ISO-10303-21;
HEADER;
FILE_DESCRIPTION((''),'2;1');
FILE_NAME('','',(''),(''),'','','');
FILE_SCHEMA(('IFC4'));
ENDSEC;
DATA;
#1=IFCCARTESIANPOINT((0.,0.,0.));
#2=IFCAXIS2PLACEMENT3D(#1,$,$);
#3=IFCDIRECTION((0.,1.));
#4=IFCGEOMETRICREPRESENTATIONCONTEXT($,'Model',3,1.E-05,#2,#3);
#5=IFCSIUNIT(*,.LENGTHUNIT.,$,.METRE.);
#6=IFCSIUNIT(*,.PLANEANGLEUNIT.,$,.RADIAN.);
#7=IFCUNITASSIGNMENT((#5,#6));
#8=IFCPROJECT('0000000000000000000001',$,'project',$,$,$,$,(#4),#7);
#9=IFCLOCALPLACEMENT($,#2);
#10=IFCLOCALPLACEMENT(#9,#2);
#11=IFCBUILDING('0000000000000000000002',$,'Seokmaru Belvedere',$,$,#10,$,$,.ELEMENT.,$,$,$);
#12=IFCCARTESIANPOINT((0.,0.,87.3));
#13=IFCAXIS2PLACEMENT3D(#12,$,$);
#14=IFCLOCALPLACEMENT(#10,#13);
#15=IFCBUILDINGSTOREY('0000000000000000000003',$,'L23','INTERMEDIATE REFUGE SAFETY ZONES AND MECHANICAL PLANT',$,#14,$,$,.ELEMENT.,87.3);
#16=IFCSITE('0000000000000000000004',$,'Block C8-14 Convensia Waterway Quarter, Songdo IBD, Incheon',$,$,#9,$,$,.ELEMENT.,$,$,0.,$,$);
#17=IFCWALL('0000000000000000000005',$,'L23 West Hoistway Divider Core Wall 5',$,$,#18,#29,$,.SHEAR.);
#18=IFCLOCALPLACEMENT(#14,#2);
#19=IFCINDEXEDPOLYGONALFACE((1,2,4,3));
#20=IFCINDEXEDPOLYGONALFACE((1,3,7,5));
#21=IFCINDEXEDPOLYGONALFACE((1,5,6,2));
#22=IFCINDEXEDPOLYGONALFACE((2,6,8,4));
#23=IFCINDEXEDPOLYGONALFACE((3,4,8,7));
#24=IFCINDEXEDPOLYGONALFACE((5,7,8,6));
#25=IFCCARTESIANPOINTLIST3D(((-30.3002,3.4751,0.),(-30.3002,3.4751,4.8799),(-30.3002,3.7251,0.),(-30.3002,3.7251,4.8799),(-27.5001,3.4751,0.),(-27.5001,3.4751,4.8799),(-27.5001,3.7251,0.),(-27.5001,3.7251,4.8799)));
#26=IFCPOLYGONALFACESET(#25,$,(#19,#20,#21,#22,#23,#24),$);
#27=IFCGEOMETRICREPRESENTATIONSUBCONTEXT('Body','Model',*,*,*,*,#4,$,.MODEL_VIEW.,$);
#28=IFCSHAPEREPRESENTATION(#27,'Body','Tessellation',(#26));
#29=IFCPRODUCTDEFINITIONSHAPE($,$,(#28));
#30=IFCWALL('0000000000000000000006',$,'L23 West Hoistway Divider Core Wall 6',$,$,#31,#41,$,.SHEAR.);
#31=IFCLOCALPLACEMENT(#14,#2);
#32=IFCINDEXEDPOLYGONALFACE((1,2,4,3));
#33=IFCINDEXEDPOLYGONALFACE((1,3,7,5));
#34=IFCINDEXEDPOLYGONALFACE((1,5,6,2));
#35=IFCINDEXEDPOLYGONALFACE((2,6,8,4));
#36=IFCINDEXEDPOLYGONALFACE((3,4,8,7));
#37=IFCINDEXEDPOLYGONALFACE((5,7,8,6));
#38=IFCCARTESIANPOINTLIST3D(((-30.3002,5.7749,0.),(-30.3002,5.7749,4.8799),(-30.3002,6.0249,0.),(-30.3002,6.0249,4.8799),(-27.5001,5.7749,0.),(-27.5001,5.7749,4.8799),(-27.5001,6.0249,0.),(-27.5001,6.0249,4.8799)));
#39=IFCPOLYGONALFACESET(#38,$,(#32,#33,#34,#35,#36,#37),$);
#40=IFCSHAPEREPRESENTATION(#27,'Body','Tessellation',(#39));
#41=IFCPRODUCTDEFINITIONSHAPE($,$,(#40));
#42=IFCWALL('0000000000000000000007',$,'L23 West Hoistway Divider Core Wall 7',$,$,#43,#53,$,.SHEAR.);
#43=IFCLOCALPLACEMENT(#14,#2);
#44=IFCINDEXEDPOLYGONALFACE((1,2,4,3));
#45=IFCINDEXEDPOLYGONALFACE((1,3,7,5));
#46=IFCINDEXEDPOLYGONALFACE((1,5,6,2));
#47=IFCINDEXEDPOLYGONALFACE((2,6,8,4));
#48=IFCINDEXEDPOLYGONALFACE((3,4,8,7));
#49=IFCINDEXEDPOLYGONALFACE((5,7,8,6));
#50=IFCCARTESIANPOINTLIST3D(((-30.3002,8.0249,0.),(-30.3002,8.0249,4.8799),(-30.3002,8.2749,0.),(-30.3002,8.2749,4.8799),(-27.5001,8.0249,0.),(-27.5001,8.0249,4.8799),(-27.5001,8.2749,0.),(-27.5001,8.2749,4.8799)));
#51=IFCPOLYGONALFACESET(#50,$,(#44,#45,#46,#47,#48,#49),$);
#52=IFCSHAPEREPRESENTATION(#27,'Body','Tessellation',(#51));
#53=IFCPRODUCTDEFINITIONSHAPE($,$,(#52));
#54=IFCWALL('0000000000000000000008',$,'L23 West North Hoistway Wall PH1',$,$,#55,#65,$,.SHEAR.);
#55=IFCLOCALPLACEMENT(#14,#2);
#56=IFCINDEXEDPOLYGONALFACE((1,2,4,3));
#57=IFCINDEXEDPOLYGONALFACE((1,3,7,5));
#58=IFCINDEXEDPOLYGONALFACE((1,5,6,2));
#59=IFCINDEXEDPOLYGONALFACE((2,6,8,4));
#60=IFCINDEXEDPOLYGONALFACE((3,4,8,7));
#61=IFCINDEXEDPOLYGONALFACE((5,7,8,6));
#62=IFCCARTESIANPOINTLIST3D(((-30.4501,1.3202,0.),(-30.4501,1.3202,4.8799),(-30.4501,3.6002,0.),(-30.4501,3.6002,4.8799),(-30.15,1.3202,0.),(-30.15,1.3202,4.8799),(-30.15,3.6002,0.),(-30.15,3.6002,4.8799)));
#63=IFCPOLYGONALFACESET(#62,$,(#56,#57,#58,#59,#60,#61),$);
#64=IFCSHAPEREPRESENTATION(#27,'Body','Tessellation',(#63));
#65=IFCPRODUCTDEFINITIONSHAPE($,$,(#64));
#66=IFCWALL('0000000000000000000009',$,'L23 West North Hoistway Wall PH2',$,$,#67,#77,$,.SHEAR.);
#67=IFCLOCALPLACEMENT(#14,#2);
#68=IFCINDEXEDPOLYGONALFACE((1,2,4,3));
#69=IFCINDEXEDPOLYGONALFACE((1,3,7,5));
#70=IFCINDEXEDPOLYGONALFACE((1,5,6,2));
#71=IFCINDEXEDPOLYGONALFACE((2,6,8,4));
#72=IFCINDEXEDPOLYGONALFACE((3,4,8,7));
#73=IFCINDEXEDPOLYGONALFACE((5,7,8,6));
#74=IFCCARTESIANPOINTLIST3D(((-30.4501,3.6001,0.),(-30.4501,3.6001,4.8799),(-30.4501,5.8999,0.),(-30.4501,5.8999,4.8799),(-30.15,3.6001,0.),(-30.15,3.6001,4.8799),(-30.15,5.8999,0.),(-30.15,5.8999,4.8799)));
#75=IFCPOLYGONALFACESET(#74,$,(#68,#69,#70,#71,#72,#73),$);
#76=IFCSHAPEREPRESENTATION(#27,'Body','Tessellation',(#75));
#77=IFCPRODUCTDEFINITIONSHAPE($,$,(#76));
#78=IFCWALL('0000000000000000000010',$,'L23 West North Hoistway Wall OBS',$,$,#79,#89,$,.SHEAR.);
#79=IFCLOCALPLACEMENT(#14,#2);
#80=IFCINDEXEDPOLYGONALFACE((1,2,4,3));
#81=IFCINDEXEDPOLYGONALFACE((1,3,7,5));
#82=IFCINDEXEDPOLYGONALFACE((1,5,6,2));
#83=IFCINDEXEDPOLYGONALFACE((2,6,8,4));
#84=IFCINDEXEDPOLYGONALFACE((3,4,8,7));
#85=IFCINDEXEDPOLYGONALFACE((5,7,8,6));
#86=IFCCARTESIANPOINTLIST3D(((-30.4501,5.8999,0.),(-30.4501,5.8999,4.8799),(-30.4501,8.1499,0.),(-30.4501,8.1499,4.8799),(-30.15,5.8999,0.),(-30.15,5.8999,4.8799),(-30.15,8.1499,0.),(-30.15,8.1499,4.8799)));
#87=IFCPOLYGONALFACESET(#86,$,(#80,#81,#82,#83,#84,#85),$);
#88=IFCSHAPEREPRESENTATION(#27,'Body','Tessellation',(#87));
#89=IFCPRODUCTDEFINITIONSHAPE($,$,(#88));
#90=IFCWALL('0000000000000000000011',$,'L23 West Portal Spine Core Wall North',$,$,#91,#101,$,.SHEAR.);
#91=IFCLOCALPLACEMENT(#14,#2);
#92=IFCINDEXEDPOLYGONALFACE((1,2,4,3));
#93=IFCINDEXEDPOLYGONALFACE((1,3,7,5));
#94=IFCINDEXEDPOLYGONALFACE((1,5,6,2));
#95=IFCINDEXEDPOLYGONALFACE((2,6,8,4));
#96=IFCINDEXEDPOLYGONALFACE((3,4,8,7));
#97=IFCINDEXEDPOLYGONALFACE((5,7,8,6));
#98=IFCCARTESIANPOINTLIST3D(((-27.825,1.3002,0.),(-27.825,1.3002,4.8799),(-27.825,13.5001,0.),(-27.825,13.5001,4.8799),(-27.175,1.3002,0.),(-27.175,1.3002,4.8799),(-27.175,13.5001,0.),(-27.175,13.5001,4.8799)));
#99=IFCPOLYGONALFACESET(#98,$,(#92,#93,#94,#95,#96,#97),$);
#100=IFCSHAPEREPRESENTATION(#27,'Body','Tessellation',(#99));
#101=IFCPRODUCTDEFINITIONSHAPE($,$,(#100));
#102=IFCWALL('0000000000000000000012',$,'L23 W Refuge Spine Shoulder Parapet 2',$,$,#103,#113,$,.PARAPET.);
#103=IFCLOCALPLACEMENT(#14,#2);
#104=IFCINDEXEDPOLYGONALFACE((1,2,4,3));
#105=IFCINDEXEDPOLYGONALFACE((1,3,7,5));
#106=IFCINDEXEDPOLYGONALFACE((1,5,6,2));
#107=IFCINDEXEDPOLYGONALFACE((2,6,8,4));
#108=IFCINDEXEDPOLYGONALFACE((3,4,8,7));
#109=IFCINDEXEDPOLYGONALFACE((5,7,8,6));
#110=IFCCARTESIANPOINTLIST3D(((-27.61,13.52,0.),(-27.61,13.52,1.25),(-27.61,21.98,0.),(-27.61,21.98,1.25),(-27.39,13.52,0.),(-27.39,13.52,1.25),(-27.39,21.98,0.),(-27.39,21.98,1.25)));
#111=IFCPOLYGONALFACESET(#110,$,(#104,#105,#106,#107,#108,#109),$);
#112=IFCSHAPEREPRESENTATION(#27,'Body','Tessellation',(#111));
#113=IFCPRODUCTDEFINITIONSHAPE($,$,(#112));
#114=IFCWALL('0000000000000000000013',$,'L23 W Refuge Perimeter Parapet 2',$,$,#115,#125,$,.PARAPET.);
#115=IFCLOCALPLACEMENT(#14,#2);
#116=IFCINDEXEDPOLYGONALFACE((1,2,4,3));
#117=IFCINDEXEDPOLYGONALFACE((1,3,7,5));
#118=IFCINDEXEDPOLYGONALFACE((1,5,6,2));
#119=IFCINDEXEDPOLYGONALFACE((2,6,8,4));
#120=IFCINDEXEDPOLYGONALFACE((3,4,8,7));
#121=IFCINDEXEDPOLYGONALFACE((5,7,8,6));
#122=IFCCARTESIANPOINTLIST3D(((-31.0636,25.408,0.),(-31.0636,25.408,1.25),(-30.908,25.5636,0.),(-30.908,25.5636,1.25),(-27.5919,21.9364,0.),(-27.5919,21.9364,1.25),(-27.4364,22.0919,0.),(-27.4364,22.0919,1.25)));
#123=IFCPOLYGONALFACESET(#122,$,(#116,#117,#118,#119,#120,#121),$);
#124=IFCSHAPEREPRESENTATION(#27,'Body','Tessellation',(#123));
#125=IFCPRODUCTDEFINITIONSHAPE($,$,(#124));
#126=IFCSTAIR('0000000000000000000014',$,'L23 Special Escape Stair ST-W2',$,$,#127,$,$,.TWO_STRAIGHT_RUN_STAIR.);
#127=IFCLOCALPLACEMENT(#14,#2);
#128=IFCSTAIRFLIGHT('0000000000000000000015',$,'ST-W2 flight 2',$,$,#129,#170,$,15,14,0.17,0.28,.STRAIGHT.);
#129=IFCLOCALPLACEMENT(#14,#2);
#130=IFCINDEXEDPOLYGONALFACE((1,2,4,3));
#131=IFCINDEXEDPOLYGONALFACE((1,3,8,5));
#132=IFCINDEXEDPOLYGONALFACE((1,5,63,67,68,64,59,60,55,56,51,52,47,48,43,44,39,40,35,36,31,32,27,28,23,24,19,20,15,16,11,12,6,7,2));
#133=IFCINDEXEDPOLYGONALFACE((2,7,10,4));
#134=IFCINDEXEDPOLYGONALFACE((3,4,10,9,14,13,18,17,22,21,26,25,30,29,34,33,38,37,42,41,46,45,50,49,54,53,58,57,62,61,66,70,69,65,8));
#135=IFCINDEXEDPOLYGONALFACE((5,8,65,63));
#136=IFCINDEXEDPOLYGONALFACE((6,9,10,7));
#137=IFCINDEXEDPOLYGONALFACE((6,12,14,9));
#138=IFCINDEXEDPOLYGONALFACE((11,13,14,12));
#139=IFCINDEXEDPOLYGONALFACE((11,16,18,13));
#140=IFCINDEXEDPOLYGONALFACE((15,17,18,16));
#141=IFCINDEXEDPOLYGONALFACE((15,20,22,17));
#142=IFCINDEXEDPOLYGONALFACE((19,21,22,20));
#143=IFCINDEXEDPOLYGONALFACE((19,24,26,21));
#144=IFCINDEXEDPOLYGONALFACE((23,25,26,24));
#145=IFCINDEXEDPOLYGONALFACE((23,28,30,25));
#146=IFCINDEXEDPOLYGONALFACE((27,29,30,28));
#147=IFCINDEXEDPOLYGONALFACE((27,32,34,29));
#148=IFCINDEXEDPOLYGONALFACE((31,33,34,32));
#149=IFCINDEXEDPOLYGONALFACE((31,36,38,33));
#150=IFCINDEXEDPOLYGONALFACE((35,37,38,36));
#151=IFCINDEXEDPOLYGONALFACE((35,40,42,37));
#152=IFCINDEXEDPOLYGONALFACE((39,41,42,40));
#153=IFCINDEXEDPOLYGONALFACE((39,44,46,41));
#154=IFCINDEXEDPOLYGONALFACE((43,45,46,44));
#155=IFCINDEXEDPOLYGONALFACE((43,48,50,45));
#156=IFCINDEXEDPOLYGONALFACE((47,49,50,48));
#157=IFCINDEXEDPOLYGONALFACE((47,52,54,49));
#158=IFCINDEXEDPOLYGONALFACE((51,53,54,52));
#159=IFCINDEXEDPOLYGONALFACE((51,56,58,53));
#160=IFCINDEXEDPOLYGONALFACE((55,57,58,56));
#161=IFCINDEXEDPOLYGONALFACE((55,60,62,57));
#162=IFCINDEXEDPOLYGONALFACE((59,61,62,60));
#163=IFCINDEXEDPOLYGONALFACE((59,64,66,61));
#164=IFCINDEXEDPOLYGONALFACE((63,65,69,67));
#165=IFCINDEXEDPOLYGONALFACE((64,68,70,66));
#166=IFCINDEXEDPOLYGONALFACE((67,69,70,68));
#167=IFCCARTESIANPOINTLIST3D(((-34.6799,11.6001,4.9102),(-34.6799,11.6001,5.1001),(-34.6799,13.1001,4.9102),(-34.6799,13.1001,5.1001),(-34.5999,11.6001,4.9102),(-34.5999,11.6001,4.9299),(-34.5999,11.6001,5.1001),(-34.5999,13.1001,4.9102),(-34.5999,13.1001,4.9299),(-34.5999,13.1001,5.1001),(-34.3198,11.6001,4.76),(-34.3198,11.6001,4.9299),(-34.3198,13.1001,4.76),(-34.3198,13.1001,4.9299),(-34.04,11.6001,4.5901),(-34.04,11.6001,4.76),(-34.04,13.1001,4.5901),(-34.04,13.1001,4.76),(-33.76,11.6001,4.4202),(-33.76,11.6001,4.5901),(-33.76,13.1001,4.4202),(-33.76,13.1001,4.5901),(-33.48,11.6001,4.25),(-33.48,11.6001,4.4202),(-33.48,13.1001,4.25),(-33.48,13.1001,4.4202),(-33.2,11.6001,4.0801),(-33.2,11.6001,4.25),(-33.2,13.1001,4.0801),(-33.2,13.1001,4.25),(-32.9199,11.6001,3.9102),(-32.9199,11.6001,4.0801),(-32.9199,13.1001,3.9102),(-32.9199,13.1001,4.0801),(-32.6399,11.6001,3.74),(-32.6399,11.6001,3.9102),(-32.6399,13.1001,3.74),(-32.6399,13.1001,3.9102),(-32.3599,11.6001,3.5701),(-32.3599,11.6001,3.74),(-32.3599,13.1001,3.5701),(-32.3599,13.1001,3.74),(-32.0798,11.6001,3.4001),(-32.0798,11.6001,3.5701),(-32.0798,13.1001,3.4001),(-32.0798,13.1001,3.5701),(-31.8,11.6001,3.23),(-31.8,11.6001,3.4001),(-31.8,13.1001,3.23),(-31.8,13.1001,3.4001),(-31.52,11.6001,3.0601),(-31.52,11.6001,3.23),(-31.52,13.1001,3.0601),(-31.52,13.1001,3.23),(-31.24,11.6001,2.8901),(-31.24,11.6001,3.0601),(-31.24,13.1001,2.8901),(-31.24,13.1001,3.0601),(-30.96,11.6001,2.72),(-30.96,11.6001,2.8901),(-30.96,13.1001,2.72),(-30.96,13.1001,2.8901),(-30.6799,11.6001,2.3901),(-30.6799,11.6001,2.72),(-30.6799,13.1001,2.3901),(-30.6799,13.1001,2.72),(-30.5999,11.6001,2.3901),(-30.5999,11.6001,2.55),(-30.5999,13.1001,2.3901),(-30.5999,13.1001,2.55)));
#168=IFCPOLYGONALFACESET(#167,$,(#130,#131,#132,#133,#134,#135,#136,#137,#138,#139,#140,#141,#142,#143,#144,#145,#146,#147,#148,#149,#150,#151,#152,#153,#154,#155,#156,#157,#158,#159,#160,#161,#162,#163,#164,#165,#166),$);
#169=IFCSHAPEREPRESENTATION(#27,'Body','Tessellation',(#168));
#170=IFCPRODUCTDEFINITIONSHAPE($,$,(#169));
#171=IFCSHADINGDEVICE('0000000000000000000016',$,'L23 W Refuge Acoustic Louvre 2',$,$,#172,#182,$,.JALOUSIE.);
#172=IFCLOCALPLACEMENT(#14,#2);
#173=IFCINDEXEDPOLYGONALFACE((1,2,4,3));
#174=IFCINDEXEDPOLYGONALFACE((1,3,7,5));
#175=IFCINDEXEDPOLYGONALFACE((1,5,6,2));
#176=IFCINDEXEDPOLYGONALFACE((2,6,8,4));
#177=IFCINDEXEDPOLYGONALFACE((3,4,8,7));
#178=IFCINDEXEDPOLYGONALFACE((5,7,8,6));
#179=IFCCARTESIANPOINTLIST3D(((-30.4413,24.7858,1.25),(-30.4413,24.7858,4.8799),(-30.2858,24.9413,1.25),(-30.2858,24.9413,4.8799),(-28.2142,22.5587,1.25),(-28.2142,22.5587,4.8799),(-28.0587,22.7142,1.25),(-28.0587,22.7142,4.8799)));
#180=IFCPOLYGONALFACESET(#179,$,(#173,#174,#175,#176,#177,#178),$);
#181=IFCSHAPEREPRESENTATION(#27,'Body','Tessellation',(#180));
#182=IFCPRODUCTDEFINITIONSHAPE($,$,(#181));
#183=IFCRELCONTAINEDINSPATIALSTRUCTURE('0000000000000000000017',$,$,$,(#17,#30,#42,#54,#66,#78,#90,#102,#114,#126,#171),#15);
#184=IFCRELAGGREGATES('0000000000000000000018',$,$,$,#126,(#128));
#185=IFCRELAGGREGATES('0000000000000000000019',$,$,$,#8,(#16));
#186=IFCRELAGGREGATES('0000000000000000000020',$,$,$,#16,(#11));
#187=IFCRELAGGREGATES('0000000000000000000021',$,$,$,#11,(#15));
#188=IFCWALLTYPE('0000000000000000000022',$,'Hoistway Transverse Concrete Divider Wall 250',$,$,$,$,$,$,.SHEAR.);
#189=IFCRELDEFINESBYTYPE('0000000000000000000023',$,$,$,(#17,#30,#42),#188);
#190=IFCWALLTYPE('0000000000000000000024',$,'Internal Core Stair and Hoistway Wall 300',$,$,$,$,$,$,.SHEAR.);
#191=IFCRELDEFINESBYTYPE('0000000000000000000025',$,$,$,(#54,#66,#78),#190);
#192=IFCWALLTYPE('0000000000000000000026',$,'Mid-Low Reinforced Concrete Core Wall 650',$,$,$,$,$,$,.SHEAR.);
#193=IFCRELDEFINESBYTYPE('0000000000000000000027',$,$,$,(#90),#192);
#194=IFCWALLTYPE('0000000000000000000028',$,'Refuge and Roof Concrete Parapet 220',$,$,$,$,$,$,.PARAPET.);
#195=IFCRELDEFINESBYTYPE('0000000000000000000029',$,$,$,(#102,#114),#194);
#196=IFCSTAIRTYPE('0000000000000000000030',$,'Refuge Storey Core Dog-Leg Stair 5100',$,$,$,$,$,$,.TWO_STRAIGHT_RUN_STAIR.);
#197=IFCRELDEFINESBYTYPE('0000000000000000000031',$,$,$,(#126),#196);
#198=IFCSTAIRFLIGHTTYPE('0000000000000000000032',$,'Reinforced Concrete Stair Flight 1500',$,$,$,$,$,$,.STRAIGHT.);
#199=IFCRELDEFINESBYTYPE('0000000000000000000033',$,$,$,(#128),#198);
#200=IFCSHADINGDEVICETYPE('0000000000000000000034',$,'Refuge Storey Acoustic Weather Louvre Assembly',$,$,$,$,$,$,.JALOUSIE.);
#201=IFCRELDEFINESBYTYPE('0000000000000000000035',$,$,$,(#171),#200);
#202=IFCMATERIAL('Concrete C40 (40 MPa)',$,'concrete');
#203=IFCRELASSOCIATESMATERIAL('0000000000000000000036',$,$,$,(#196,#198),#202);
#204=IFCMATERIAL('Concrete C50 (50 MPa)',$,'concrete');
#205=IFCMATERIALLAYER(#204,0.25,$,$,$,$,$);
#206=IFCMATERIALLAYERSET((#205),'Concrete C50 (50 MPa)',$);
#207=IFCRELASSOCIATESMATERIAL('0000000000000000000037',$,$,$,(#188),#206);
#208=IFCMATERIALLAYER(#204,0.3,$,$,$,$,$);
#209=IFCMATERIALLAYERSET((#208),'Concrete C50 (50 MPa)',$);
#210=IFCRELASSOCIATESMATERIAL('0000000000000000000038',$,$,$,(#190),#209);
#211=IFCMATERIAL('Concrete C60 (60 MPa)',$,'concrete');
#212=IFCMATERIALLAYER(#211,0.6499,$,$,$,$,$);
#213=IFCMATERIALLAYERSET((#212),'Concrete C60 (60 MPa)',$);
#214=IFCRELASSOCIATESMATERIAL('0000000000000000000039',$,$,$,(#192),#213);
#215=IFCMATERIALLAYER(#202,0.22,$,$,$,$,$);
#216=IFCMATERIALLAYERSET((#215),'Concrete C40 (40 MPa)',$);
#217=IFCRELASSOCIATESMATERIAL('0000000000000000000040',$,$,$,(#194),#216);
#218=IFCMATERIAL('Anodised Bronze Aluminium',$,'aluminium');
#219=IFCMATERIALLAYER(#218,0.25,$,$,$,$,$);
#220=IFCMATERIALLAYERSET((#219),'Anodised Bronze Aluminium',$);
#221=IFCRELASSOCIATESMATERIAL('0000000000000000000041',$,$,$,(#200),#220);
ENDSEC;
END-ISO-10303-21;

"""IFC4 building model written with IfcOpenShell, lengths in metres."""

from ifc_helpers import new_model, si_unit, direction, frame, frame_2d, origin, origin_2d, place, context, subcontext, project, spatial, polyline, rectangle, outline, extrude, source, transform, mapped, material, layer, layer_set, type_object, type_shapes, element, aggregate, save


model = new_model("IFC4")

# Units and contexts
model_context = context("Model", 3, precision=1e-05, world=origin(), true_north=direction((0.0, 1.0)))
body_context = subcontext(model_context, "Body", "Model", "MODEL_VIEW")
ifc_project = project(units=[si_unit("LENGTHUNIT", "METRE"), si_unit("PLANEANGLEUNIT", "RADIAN")], contexts=[model_context])

# Site, building, storey
site_placement = place(None, origin())
site = spatial("IfcSite", under=ifc_project, at=site_placement, Name="Block C8-14 Convensia Waterway Quarter, Songdo IBD, Incheon", CompositionType="ELEMENT", RefElevation=0.0)
building_placement = place(site_placement, origin())
building = spatial("IfcBuilding", under=site, at=building_placement, Name="Seokmaru Belvedere", CompositionType="ELEMENT")
storey_placement = place(building_placement, frame((0.0, 0.0, 87.3)))
storey = spatial("IfcBuildingStorey", under=building, at=storey_placement, Name="L23", Description="INTERMEDIATE REFUGE SAFETY ZONES AND MECHANICAL PLANT", CompositionType="ELEMENT", Elevation=87.3)

# Shared definitions
ifc_material_1 = material(Name="Concrete C40 (40 MPa)", Category="concrete")
stair_type = type_object("IfcStairType", Name="Refuge Storey Core Dog-Leg Stair 5100", PredefinedType="TWO_STRAIGHT_RUN_STAIR", material=ifc_material_1)

# Walls
ifc_material_2 = material(Name="Concrete C50 (50 MPa)", Category="concrete")
ifc_layer_1 = layer(ifc_material_2, 0.25)
ifc_layer_set_1 = layer_set([ifc_layer_1], Name="Concrete C50 (50 MPa)")
wall_type_1 = type_object("IfcWallType", Name="Hoistway Transverse Concrete Divider Wall 250", PredefinedType="SHEAR", material=ifc_layer_set_1)
for number, where, z_axis, x_axis, name in (
    (1, (-30.3, 3.6001, 0.0), (0.0, 0.0, 1.0), (1.0, 0.0, 0.0), "L23 West Hoistway Divider Core Wall 5"),
    (2, (-30.3, 5.8999, 0.0), (0.0, 0.0, 1.0), (1.0, 0.0, 0.0), "L23 West Hoistway Divider Core Wall 6"),
    (3, (-30.3, 8.1499, 0.0), (0.0, 0.0, 1.0), (1.0, 0.0, 0.0), "L23 West Hoistway Divider Core Wall 7"),
):
    element("IfcWall", number, at=place(storey_placement, frame(where, z_axis=z_axis, x_axis=x_axis)), inside=storey, type_object=wall_type_1, Name=name, PredefinedType="SHEAR", context=body_context, shape_type="SweptSolid", body=[
        extrude(rectangle(XDim=2.8, YDim=0.25, at=frame_2d((1.3999, 0.0))), origin(), (0.0, 0.0, 1.0), 4.8799),
    ])
ifc_layer_2 = layer(ifc_material_2, 0.3)
ifc_layer_set_2 = layer_set([ifc_layer_2], Name="Concrete C50 (50 MPa)")
wall_type_2 = type_object("IfcWallType", Name="Internal Core Stair and Hoistway Wall 300", PredefinedType="SHEAR", material=ifc_layer_set_2)
wall_1_placement = place(storey_placement, frame((-30.3, 1.3201, 0.0), z_axis=(0.0, 0.0, 1.0), x_axis=(0.0, 1.0, 0.0)))
element("IfcWall", 4, at=wall_1_placement, inside=storey, type_object=wall_type_2, Name="L23 West North Hoistway Wall PH1", PredefinedType="SHEAR", context=body_context, shape_type="SweptSolid", body=[
    extrude(rectangle(XDim=2.28, YDim=0.3, at=frame_2d((1.1401, 0.0))), origin(), (0.0, 0.0, 1.0), 4.8799),
])
wall_2_placement = place(storey_placement, frame((-30.3, 3.6001, 0.0), z_axis=(0.0, 0.0, 1.0), x_axis=(0.0, 1.0, 0.0)))
element("IfcWall", 5, at=wall_2_placement, inside=storey, type_object=wall_type_2, Name="L23 West North Hoistway Wall PH2", PredefinedType="SHEAR", context=body_context, shape_type="SweptSolid", body=[
    extrude(rectangle(XDim=2.2998, YDim=0.3, at=frame_2d((1.1499, 0.0))), origin(), (0.0, 0.0, 1.0), 4.8799),
])
wall_3_placement = place(storey_placement, frame((-30.3, 5.8999, 0.0), z_axis=(0.0, 0.0, 1.0), x_axis=(0.0, 1.0, 0.0)))
element("IfcWall", 6, at=wall_3_placement, inside=storey, type_object=wall_type_2, Name="L23 West North Hoistway Wall OBS", PredefinedType="SHEAR", context=body_context, shape_type="SweptSolid", body=[
    extrude(rectangle(XDim=2.25, YDim=0.3, at=frame_2d((1.125, 0.0))), origin(), (0.0, 0.0, 1.0), 4.8799),
])

# Walls
ifc_material_3 = material(Name="Concrete C60 (60 MPa)", Category="concrete")
ifc_layer_3 = layer(ifc_material_3, 0.6499)
ifc_layer_set_3 = layer_set([ifc_layer_3], Name="Concrete C60 (60 MPa)")
wall_type_3 = type_object("IfcWallType", Name="Mid-Low Reinforced Concrete Core Wall 650", PredefinedType="SHEAR", material=ifc_layer_set_3)
wall_4_placement = place(storey_placement, frame((-27.5, 1.3, 0.0), z_axis=(0.0, 0.0, 1.0), x_axis=(0.0, 1.0, 0.0)))
element("IfcWall", 7, at=wall_4_placement, inside=storey, type_object=wall_type_3, Name="L23 West Portal Spine Core Wall North", PredefinedType="SHEAR", context=body_context, shape_type="SweptSolid", body=[
    extrude(rectangle(XDim=12.2, YDim=0.6499, at=frame_2d((6.1001, 0.0))), origin(), (0.0, 0.0, 1.0), 4.8799),
])
ifc_layer_4 = layer(ifc_material_1, 0.22)
ifc_layer_set_4 = layer_set([ifc_layer_4], Name="Concrete C40 (40 MPa)")
wall_type_4 = type_object("IfcWallType", Name="Refuge and Roof Concrete Parapet 220", PredefinedType="PARAPET", material=ifc_layer_set_4)
wall_5_placement = place(storey_placement, frame((-27.5, 13.52, 0.0), z_axis=(0.0, 0.0, 1.0), x_axis=(0.0, 1.0, 0.0)))
element("IfcWall", 8, at=wall_5_placement, inside=storey, type_object=wall_type_4, Name="L23 W Refuge Spine Shoulder Parapet 2", PredefinedType="PARAPET", context=body_context, shape_type="SweptSolid", body=[
    extrude(rectangle(XDim=8.46, YDim=0.22, at=frame_2d((4.23, 0.0))), origin(), (0.0, 0.0, 1.0), 1.25),
])
wall_6_placement = place(storey_placement, frame((-27.5142, 22.0142, 0.0), z_axis=(0.0, 0.0, 1.0), x_axis=(-0.707107, 0.707107, 0.0)))
element("IfcWall", 9, at=wall_6_placement, inside=storey, type_object=wall_type_4, Name="L23 W Refuge Perimeter Parapet 2", PredefinedType="PARAPET", context=body_context, shape_type="SweptSolid", body=[
    extrude(rectangle(XDim=4.9097, YDim=0.22, at=frame_2d((2.4548, 0.0))), origin(), (0.0, 0.0, 1.0), 1.25),
])

# Stair, stair flight
stair_1_placement = place(storey_placement, origin())
stair_1 = element("IfcStair", 10, at=stair_1_placement, inside=storey, type_object=stair_type, Name="L23 Special Escape Stair ST-W2", PredefinedType="TWO_STRAIGHT_RUN_STAIR")
stair_flight_type = type_object("IfcStairFlightType", Name="Reinforced Concrete Stair Flight 1500", PredefinedType="STRAIGHT", material=ifc_material_1)
stair_flight_placement = place(storey_placement, frame((-30.6799, 12.3501, 2.55), z_axis=(0.0, 0.0, 1.0), x_axis=(-1.0, 0.0, 0.0)))
stair_flight = element("IfcStairFlight", 11, at=stair_flight_placement, type_object=stair_flight_type, Name="ST-W2 flight 2", NumberOfRisers=15, NumberOfTreads=14, PredefinedType="STRAIGHT", RiserHeight=0.17, TreadLength=0.28, context=body_context, shape_type="SweptSolid", body=[
    extrude(outline(polyline([(-0.0801, 0.0), (0.0, 0.1699), (0.28, 0.1699), (0.28, 0.3401), (0.5601, 0.3401), (0.5601, 0.51), (0.8401, 0.51), (0.8401, 0.6799), (1.1201, 0.6799), (1.1201, 0.8501), (1.3999, 0.8501), (1.3999, 1.02), (1.6799, 1.02), (1.6799, 1.1899), (1.96, 1.1899), (1.96, 1.3601), (2.24, 1.3601), (2.24, 1.53), (2.52, 1.53), (2.52, 1.7), (2.8, 1.7), (2.8, 1.8701), (3.0801, 1.8701), (3.0801, 2.04), (3.3601, 2.04), (3.3601, 2.21), (3.6399, 2.21), (3.6399, 2.3799), (3.9199, 2.3799), (3.9199, 2.55), (4.0, 2.55), (4.0, 2.3601), (3.9199, 2.3601), (0.0, -0.1599), (-0.0801, -0.1599), (-0.0801, 0.0)])), frame((0.0, 0.75, 0.0), z_axis=(0.0, -1.0, 0.0), x_axis=(1.0, 0.0, 0.0)), (0.0, 0.0, 1.0), 1.5),
])
aggregate(stair_1, [stair_flight])

# Shading device
ifc_material_4 = material(Name="Anodised Bronze Aluminium", Category="aluminium")
ifc_layer_5 = layer(ifc_material_4, 0.25)
ifc_layer_set_5 = layer_set([ifc_layer_5], Name="Anodised Bronze Aluminium")
shading_device_type = type_object("IfcShadingDeviceType", Name="Refuge Storey Acoustic Weather Louvre Assembly", PredefinedType="JALOUSIE", material=ifc_layer_set_5)
shared_shape_1 = source(origin(), body_context, "Body", "SweptSolid", [
    extrude(rectangle(XDim=3.1497, YDim=0.22, at=origin_2d()), origin(), (0.0, 0.0, 1.0), 3.6299),
])
type_shapes(shading_device_type, [shared_shape_1])
shading_device_placement = place(storey_placement, frame((-29.25, 23.75, 1.25), z_axis=(0.0, 0.0, 1.0), x_axis=(-0.707107, 0.707107, 0.0)))
element("IfcShadingDevice", 12, at=shading_device_placement, inside=storey, type_object=shading_device_type, Name="L23 W Refuge Acoustic Louvre 2", PredefinedType="JALOUSIE", context=body_context, shape_type="MappedRepresentation", body=[
    mapped(shared_shape_1, transform((0.0, 0.0, 0.0), scale=1.0)),
])

save(model, "model.ifc")
